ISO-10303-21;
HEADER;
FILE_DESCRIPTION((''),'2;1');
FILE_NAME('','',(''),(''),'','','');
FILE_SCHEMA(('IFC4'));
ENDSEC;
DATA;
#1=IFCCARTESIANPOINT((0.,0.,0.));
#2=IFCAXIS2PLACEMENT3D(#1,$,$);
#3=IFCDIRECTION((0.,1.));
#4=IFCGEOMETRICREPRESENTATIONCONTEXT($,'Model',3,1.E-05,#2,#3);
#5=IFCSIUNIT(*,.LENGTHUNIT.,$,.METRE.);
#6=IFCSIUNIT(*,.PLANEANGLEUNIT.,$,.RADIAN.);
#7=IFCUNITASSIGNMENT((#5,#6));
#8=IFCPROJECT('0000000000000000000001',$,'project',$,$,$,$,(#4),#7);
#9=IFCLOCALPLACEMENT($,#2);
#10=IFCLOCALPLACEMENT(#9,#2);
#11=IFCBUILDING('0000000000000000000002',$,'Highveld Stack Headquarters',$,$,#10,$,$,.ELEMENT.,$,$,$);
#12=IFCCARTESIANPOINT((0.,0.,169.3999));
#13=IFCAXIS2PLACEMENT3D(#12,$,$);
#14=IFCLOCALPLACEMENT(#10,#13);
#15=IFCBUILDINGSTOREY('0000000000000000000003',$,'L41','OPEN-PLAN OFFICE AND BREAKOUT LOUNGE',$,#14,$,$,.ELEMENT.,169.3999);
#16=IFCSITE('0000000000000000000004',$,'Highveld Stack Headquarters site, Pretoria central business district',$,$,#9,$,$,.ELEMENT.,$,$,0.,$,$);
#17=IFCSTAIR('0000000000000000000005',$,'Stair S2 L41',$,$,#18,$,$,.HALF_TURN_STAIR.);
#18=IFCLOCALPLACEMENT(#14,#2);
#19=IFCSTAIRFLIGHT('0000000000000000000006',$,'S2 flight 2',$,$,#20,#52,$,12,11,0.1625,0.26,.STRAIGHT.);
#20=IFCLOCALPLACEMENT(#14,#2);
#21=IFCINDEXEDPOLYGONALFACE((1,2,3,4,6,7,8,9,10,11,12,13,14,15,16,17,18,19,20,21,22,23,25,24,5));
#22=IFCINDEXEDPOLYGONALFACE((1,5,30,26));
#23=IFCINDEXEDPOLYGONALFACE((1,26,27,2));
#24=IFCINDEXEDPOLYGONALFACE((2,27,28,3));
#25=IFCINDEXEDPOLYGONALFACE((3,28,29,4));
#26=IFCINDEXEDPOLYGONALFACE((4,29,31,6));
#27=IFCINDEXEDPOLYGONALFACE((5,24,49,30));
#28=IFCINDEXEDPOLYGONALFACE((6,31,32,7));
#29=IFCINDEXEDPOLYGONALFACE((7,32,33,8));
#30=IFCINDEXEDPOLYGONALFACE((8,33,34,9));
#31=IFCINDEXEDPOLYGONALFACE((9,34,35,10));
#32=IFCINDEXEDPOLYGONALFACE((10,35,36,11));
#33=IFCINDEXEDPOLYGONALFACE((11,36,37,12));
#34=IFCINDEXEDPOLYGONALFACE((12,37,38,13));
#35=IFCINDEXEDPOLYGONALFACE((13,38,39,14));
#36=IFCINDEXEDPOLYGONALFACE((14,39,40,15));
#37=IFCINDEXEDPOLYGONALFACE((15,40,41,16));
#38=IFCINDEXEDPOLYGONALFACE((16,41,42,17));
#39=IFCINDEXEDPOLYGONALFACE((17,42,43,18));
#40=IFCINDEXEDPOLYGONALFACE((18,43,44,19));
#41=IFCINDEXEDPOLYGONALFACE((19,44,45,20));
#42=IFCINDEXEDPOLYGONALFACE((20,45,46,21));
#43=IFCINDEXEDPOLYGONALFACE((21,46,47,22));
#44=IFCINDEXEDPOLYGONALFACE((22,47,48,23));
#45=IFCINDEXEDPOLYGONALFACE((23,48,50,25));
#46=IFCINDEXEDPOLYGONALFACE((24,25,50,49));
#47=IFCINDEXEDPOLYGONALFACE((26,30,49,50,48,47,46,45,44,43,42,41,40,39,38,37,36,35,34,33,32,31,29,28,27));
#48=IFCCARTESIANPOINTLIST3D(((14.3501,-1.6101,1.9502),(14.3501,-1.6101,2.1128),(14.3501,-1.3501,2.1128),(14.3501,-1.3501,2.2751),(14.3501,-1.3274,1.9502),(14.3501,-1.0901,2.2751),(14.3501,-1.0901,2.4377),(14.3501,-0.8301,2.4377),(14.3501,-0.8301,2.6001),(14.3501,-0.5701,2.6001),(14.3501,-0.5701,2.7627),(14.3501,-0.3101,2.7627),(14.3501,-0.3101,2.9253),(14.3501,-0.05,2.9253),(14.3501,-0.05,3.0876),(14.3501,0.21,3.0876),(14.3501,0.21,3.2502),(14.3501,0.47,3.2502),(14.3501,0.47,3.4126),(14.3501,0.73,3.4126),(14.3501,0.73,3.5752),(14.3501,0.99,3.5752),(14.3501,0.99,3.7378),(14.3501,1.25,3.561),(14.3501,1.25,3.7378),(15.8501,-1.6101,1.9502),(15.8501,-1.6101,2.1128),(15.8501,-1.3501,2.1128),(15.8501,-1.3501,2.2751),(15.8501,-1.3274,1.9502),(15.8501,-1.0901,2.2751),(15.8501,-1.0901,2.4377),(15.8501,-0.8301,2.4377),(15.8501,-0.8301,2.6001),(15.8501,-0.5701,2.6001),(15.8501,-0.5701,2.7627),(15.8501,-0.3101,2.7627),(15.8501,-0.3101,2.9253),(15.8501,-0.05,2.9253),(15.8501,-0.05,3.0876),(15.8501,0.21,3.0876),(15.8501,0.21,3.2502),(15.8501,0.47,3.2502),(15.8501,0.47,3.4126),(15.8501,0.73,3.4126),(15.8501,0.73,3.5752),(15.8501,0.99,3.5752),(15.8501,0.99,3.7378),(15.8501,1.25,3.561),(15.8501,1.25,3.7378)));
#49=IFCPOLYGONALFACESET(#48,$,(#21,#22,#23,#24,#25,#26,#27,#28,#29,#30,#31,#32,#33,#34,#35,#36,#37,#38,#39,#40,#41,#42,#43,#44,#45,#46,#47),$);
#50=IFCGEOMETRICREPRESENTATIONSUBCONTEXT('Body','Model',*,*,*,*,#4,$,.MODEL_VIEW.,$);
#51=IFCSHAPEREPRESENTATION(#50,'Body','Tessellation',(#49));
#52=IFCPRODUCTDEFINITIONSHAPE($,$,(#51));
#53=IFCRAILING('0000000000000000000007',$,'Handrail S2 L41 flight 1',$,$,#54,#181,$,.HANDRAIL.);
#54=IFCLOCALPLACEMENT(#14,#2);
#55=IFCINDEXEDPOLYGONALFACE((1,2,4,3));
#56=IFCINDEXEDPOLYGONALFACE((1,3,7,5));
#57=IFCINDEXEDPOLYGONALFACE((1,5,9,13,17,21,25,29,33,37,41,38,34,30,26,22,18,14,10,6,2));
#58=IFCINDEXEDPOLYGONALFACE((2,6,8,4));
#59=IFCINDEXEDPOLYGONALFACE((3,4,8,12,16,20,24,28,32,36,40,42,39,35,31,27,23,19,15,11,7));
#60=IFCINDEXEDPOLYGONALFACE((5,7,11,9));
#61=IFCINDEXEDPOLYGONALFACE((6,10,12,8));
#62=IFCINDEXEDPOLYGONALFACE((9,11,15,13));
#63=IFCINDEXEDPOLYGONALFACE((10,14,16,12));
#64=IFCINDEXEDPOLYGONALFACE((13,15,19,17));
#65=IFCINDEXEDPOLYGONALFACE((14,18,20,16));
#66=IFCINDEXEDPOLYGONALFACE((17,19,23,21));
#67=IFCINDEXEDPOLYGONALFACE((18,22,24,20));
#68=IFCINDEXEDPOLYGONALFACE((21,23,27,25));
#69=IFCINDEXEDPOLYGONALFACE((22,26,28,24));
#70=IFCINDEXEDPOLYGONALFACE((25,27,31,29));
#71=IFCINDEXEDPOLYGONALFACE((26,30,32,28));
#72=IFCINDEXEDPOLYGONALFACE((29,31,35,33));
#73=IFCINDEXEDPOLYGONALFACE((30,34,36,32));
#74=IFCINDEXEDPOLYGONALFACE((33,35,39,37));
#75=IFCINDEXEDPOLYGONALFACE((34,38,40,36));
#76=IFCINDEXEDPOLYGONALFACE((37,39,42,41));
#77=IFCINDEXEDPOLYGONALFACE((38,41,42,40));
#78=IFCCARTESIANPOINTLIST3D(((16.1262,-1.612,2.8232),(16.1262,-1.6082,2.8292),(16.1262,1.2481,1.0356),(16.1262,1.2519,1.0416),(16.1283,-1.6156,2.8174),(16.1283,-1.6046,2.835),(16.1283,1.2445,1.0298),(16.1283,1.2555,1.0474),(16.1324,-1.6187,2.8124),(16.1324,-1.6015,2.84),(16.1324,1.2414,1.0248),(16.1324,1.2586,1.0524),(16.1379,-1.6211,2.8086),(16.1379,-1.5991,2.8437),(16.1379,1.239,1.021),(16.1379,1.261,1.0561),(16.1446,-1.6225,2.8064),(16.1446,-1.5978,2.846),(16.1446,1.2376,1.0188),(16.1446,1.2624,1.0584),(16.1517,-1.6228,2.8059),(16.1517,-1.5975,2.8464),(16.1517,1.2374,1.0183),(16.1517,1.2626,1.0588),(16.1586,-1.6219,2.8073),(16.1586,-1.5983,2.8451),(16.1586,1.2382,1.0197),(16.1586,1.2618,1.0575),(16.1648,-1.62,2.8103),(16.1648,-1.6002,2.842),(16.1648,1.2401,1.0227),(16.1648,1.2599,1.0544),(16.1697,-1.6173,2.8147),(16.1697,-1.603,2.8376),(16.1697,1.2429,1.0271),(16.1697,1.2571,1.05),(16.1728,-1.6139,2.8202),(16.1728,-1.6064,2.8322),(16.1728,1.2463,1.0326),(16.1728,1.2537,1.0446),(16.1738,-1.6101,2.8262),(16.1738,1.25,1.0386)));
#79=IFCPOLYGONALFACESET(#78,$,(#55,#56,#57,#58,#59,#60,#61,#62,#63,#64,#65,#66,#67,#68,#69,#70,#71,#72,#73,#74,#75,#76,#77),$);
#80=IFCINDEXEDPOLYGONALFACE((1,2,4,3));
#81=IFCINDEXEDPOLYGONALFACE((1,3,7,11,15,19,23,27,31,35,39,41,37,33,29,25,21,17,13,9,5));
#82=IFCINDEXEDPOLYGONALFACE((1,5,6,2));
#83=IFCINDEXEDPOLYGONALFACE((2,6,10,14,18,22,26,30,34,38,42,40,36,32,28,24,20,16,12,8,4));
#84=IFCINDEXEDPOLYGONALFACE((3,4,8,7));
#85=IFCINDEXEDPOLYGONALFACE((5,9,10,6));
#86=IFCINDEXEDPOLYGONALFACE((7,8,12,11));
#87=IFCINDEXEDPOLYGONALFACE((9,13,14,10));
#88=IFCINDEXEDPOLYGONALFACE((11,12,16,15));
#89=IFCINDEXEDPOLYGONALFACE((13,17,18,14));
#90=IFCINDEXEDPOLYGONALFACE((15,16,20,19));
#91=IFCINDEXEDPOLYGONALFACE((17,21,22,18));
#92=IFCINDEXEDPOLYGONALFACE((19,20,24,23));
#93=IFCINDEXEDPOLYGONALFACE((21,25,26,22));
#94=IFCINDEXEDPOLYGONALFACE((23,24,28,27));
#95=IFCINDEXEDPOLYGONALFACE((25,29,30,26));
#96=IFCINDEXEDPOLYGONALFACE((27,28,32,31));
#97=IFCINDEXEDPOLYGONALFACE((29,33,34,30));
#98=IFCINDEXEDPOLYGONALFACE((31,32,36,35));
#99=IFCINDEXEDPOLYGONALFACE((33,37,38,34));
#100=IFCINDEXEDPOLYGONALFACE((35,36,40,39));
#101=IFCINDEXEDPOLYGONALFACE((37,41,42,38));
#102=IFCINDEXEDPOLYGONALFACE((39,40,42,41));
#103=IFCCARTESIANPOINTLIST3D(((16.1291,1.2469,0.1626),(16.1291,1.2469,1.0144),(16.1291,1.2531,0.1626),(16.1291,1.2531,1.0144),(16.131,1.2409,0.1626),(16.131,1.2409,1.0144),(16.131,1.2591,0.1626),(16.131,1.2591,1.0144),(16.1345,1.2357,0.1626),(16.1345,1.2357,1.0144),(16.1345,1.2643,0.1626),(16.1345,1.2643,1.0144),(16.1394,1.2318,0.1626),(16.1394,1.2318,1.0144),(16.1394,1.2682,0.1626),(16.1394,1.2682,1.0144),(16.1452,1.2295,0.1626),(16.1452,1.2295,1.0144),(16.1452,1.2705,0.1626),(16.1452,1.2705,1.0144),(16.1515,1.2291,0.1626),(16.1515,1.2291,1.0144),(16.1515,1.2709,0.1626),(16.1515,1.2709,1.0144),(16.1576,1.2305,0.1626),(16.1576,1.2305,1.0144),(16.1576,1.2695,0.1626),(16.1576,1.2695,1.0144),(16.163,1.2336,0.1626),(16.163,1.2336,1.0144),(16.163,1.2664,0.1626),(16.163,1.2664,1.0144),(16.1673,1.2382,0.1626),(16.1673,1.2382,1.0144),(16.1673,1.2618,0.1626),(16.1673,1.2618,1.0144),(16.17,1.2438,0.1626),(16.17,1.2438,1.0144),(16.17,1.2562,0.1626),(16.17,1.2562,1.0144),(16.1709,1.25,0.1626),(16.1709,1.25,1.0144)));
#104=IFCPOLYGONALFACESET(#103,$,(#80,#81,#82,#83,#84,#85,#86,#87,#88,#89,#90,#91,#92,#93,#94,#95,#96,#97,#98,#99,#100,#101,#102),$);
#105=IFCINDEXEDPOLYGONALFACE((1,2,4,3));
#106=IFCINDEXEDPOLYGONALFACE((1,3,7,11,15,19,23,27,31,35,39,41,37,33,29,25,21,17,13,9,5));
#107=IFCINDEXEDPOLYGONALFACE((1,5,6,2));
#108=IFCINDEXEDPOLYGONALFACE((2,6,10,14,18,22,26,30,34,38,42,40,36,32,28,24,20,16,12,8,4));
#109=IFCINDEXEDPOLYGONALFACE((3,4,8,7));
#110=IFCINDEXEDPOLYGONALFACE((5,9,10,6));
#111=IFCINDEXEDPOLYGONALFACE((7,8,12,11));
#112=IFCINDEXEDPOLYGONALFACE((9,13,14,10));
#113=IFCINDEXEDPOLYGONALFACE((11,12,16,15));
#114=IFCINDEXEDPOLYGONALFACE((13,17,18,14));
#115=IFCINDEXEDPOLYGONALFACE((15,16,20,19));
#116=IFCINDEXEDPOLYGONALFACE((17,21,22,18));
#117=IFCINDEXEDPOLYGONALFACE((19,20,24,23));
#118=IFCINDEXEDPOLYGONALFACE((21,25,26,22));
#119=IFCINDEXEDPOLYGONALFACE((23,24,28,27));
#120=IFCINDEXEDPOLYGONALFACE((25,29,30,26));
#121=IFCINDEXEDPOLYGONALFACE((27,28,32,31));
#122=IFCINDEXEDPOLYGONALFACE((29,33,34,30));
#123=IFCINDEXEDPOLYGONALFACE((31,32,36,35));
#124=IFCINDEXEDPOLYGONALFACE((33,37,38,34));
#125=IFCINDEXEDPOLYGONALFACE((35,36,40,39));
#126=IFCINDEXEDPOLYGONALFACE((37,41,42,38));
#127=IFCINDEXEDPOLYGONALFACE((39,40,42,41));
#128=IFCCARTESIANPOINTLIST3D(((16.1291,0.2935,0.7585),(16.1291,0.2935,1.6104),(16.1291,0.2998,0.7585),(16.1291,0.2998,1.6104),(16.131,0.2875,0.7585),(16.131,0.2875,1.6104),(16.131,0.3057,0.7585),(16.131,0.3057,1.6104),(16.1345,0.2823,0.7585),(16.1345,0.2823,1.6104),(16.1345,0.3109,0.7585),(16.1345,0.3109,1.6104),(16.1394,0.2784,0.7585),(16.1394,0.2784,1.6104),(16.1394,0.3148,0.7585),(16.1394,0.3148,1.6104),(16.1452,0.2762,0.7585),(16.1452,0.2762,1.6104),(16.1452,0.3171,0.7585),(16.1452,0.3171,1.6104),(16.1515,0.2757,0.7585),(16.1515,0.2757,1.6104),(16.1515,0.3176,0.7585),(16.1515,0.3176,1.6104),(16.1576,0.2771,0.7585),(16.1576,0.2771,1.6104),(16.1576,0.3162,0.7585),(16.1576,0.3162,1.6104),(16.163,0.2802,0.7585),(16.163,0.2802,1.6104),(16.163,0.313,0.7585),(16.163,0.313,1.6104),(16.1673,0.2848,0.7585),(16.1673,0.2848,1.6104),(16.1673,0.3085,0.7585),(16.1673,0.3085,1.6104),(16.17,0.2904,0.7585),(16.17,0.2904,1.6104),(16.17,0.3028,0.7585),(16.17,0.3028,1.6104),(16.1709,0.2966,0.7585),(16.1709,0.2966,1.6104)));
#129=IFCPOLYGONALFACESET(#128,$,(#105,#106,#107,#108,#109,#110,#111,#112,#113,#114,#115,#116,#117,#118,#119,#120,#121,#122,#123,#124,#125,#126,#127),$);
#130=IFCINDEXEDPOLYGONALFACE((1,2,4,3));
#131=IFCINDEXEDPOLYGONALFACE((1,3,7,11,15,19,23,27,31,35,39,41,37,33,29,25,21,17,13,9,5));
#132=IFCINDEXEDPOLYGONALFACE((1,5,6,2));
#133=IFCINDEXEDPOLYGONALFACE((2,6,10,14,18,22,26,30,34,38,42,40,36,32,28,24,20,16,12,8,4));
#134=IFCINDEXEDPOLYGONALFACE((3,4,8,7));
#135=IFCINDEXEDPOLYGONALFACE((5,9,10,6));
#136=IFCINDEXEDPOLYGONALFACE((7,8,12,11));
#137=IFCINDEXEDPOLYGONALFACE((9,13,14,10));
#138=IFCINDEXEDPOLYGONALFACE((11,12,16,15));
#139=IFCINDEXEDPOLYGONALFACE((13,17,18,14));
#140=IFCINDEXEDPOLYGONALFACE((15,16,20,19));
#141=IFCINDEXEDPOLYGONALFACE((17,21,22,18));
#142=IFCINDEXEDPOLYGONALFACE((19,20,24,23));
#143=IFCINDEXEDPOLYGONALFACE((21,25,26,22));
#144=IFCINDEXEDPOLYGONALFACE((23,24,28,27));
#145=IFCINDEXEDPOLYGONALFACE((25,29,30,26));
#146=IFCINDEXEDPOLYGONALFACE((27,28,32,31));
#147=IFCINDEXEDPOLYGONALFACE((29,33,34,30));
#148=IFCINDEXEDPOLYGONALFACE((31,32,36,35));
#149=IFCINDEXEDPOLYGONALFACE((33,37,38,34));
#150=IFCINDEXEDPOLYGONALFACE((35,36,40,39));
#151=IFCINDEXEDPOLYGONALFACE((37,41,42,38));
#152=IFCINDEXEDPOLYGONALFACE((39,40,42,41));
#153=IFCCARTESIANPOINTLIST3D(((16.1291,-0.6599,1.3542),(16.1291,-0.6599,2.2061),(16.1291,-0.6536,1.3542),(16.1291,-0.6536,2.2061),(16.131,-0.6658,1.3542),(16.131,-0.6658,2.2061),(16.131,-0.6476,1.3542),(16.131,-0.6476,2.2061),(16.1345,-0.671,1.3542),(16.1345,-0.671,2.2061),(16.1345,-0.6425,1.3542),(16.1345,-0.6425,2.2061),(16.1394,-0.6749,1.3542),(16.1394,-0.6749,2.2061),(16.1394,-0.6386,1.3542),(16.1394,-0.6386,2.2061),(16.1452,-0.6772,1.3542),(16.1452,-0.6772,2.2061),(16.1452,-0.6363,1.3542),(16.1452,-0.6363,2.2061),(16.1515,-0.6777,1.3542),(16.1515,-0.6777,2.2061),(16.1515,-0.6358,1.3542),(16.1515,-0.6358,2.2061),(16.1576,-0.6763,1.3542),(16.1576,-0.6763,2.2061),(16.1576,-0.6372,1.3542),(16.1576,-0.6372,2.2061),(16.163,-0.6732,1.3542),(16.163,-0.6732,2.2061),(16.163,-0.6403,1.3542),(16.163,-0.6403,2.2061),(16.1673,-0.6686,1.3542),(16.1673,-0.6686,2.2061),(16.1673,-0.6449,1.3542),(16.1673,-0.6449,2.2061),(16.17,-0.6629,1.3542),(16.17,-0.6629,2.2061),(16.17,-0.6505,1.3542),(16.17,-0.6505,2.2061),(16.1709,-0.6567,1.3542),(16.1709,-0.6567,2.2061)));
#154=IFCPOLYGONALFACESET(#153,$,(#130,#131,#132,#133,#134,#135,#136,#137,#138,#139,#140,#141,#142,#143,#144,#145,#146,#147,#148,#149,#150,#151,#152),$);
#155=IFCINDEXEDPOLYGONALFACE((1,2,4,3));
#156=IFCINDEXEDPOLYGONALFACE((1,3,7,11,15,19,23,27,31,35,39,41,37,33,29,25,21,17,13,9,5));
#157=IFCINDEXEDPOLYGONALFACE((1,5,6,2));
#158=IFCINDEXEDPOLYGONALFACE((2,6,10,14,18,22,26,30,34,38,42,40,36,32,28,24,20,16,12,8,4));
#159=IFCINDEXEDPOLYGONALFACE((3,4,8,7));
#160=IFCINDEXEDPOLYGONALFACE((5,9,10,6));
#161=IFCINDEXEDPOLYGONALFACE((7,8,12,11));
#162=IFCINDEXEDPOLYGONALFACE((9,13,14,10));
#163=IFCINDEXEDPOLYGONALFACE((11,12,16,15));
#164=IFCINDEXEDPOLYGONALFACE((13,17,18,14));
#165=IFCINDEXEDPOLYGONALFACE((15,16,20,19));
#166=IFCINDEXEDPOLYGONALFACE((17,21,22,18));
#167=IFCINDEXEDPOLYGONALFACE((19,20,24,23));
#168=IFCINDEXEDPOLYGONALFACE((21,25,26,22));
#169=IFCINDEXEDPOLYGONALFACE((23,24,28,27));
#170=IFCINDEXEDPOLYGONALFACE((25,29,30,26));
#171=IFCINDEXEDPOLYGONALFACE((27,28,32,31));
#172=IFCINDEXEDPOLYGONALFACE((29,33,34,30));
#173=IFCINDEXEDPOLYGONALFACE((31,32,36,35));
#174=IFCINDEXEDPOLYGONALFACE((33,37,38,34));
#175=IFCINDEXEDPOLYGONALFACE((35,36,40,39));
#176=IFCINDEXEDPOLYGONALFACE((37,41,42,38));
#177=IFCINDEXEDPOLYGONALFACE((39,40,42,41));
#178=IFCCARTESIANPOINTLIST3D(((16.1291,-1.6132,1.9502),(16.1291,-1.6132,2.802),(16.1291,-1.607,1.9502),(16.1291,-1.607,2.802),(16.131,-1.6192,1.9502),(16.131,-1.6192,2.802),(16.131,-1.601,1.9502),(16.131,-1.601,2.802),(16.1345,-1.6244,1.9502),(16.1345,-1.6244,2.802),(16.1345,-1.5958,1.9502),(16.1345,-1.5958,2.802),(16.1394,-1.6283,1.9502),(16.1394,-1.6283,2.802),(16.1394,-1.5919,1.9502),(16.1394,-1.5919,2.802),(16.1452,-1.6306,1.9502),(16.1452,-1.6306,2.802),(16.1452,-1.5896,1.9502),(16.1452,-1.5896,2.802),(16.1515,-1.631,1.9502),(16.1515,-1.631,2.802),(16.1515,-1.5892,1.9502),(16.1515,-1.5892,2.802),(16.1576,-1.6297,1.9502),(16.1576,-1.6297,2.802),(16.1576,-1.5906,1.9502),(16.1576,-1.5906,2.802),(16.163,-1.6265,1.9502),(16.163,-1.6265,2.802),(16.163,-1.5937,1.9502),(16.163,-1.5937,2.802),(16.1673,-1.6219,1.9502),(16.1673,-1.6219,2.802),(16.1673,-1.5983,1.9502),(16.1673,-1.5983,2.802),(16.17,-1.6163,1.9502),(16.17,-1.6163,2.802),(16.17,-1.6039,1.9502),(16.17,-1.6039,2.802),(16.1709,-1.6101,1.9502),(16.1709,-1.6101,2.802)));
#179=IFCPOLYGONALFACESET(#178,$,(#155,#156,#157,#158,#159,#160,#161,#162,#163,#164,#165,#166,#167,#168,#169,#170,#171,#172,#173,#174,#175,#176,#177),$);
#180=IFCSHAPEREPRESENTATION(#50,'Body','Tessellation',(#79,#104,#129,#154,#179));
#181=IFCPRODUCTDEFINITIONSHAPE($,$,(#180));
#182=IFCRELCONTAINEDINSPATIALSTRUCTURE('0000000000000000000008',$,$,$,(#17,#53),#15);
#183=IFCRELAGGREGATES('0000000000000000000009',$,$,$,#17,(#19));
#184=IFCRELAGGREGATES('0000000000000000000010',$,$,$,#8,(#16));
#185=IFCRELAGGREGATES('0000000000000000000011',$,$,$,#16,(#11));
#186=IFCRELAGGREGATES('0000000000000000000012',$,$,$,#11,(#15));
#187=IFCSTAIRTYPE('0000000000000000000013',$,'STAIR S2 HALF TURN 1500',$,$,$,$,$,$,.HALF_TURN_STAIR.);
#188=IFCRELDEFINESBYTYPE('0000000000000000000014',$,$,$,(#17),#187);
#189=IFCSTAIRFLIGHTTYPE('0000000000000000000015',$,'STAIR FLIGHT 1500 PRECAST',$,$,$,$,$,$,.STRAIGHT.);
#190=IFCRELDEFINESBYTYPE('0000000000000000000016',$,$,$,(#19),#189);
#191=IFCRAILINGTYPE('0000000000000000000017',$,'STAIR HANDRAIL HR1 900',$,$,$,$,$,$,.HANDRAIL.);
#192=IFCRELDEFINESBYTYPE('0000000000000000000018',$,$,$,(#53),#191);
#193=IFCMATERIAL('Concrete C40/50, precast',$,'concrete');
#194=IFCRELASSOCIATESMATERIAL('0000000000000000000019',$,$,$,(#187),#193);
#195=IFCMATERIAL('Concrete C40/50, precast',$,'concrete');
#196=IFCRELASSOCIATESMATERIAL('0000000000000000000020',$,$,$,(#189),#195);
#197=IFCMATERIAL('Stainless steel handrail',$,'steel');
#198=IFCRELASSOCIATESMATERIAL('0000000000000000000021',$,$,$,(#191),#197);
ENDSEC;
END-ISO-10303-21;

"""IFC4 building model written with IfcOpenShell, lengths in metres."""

from ifc_helpers import new_model, si_unit, direction, frame, origin, origin_2d, place, context, subcontext, project, spatial, polyline, circle, outline, extrude, material, type_object, element, aggregate, save


model = new_model("IFC4")

# Units and contexts
model_context = context("Model", 3, precision=1e-05, world=origin(), true_north=direction((0.0, 1.0)))
body_context = subcontext(model_context, "Body", "Model", "MODEL_VIEW")
ifc_project = project(units=[si_unit("LENGTHUNIT", "METRE"), si_unit("PLANEANGLEUNIT", "RADIAN")], contexts=[model_context])

# Site, building, storey
site_placement = place(None, origin())
site = spatial("IfcSite", under=ifc_project, at=site_placement, Name="Highveld Stack Headquarters site, Pretoria central business district", CompositionType="ELEMENT", RefElevation=0.0)
building_placement = place(site_placement, origin())
building = spatial("IfcBuilding", under=site, at=building_placement, Name="Highveld Stack Headquarters", CompositionType="ELEMENT")
storey_placement = place(building_placement, frame((0.0, 0.0, 169.3999)))
storey = spatial("IfcBuildingStorey", under=building, at=storey_placement, Name="L41", Description="OPEN-PLAN OFFICE AND BREAKOUT LOUNGE", CompositionType="ELEMENT", Elevation=169.3999)

# Stair, stair flight
ifc_material_1 = material(Name="Concrete C40/50, precast", Category="concrete")
stair_type = type_object("IfcStairType", Name="STAIR S2 HALF TURN 1500", PredefinedType="HALF_TURN_STAIR", material=ifc_material_1)
stair_placement = place(storey_placement, origin())
stair = element("IfcStair", 1, at=stair_placement, inside=storey, type_object=stair_type, Name="Stair S2 L41", PredefinedType="HALF_TURN_STAIR")
ifc_material_2 = material(Name="Concrete C40/50, precast", Category="concrete")
stair_flight_type = type_object("IfcStairFlightType", Name="STAIR FLIGHT 1500 PRECAST", PredefinedType="STRAIGHT", material=ifc_material_2)
stair_flight_1_placement = place(storey_placement, frame((15.1001, -1.6101, 1.9502), z_axis=(0.0, 0.0, 1.0), x_axis=(0.0, 1.0, 0.0)))
stair_flight_1 = element("IfcStairFlight", 2, at=stair_flight_1_placement, type_object=stair_flight_type, Name="S2 flight 2", NumberOfRisers=12, NumberOfTreads=11, PredefinedType="STRAIGHT", RiserHeight=0.1625, TreadLength=0.26, context=body_context, shape_type="SweptSolid", body=[
    extrude(outline(polyline([(0.0, 0.0), (0.0, 0.1626), (0.26, 0.1626), (0.26, 0.325), (0.52, 0.325), (0.52, 0.4875), (0.78, 0.4875), (0.78, 0.6499), (1.04, 0.6499), (1.04, 0.8125), (1.3, 0.8125), (1.3, 0.9751), (1.5601, 0.9751), (1.5601, 1.1375), (1.8201, 1.1375), (1.8201, 1.3), (2.0801, 1.3), (2.0801, 1.4624), (2.3401, 1.4624), (2.3401, 1.625), (2.6001, 1.625), (2.6001, 1.7876), (2.8601, 1.7876), (2.8601, 1.95), (2.8601, 1.6108), (0.2827, 0.0), (0.0, 0.0)])), frame((0.0, 0.75, 0.0), z_axis=(0.0, -1.0, 0.0), x_axis=(1.0, 0.0, 0.0)), (0.0, 0.0, 1.0), 1.5),
])
aggregate(stair, [stair_flight_1])

# Railing
ifc_material_3 = material(Name="Stainless steel handrail", Category="steel")
railing_type = type_object("IfcRailingType", Name="STAIR HANDRAIL HR1 900", PredefinedType="HANDRAIL", material=ifc_material_3)
for number, where, name in (
    (3, (16.1499, 1.25, 0.1626), "Handrail S2 L41 flight 1"),
):
    element("IfcRailing", number, at=place(storey_placement, frame(where)), inside=storey, type_object=railing_type, Name=name, PredefinedType="HANDRAIL", context=body_context, shape_type="SweptSolid", body=[
        extrude(circle(Radius=0.0239, at=origin_2d()), frame((0.0, 0.0, 0.876), z_axis=(0.0, -0.847994, 0.530005), x_axis=(1.0, 0.0, 0.0)), (0.0, 0.0, 1.0), 3.3728),
        extrude(circle(Radius=0.021, at=origin_2d()), origin(), (0.0, 0.0, 1.0), 0.8518),
        extrude(circle(Radius=0.021, at=origin_2d()), frame((0.0, -0.9534, 0.5959)), (0.0, 0.0, 1.0), 0.8518),
        extrude(circle(Radius=0.021, at=origin_2d()), frame((0.0, -1.9067, 1.1917)), (0.0, 0.0, 1.0), 0.8518),
        extrude(circle(Radius=0.021, at=origin_2d()), frame((0.0, -2.8601, 1.7876)), (0.0, 0.0, 1.0), 0.8518),
    ])

save(model, "model.ifc")
